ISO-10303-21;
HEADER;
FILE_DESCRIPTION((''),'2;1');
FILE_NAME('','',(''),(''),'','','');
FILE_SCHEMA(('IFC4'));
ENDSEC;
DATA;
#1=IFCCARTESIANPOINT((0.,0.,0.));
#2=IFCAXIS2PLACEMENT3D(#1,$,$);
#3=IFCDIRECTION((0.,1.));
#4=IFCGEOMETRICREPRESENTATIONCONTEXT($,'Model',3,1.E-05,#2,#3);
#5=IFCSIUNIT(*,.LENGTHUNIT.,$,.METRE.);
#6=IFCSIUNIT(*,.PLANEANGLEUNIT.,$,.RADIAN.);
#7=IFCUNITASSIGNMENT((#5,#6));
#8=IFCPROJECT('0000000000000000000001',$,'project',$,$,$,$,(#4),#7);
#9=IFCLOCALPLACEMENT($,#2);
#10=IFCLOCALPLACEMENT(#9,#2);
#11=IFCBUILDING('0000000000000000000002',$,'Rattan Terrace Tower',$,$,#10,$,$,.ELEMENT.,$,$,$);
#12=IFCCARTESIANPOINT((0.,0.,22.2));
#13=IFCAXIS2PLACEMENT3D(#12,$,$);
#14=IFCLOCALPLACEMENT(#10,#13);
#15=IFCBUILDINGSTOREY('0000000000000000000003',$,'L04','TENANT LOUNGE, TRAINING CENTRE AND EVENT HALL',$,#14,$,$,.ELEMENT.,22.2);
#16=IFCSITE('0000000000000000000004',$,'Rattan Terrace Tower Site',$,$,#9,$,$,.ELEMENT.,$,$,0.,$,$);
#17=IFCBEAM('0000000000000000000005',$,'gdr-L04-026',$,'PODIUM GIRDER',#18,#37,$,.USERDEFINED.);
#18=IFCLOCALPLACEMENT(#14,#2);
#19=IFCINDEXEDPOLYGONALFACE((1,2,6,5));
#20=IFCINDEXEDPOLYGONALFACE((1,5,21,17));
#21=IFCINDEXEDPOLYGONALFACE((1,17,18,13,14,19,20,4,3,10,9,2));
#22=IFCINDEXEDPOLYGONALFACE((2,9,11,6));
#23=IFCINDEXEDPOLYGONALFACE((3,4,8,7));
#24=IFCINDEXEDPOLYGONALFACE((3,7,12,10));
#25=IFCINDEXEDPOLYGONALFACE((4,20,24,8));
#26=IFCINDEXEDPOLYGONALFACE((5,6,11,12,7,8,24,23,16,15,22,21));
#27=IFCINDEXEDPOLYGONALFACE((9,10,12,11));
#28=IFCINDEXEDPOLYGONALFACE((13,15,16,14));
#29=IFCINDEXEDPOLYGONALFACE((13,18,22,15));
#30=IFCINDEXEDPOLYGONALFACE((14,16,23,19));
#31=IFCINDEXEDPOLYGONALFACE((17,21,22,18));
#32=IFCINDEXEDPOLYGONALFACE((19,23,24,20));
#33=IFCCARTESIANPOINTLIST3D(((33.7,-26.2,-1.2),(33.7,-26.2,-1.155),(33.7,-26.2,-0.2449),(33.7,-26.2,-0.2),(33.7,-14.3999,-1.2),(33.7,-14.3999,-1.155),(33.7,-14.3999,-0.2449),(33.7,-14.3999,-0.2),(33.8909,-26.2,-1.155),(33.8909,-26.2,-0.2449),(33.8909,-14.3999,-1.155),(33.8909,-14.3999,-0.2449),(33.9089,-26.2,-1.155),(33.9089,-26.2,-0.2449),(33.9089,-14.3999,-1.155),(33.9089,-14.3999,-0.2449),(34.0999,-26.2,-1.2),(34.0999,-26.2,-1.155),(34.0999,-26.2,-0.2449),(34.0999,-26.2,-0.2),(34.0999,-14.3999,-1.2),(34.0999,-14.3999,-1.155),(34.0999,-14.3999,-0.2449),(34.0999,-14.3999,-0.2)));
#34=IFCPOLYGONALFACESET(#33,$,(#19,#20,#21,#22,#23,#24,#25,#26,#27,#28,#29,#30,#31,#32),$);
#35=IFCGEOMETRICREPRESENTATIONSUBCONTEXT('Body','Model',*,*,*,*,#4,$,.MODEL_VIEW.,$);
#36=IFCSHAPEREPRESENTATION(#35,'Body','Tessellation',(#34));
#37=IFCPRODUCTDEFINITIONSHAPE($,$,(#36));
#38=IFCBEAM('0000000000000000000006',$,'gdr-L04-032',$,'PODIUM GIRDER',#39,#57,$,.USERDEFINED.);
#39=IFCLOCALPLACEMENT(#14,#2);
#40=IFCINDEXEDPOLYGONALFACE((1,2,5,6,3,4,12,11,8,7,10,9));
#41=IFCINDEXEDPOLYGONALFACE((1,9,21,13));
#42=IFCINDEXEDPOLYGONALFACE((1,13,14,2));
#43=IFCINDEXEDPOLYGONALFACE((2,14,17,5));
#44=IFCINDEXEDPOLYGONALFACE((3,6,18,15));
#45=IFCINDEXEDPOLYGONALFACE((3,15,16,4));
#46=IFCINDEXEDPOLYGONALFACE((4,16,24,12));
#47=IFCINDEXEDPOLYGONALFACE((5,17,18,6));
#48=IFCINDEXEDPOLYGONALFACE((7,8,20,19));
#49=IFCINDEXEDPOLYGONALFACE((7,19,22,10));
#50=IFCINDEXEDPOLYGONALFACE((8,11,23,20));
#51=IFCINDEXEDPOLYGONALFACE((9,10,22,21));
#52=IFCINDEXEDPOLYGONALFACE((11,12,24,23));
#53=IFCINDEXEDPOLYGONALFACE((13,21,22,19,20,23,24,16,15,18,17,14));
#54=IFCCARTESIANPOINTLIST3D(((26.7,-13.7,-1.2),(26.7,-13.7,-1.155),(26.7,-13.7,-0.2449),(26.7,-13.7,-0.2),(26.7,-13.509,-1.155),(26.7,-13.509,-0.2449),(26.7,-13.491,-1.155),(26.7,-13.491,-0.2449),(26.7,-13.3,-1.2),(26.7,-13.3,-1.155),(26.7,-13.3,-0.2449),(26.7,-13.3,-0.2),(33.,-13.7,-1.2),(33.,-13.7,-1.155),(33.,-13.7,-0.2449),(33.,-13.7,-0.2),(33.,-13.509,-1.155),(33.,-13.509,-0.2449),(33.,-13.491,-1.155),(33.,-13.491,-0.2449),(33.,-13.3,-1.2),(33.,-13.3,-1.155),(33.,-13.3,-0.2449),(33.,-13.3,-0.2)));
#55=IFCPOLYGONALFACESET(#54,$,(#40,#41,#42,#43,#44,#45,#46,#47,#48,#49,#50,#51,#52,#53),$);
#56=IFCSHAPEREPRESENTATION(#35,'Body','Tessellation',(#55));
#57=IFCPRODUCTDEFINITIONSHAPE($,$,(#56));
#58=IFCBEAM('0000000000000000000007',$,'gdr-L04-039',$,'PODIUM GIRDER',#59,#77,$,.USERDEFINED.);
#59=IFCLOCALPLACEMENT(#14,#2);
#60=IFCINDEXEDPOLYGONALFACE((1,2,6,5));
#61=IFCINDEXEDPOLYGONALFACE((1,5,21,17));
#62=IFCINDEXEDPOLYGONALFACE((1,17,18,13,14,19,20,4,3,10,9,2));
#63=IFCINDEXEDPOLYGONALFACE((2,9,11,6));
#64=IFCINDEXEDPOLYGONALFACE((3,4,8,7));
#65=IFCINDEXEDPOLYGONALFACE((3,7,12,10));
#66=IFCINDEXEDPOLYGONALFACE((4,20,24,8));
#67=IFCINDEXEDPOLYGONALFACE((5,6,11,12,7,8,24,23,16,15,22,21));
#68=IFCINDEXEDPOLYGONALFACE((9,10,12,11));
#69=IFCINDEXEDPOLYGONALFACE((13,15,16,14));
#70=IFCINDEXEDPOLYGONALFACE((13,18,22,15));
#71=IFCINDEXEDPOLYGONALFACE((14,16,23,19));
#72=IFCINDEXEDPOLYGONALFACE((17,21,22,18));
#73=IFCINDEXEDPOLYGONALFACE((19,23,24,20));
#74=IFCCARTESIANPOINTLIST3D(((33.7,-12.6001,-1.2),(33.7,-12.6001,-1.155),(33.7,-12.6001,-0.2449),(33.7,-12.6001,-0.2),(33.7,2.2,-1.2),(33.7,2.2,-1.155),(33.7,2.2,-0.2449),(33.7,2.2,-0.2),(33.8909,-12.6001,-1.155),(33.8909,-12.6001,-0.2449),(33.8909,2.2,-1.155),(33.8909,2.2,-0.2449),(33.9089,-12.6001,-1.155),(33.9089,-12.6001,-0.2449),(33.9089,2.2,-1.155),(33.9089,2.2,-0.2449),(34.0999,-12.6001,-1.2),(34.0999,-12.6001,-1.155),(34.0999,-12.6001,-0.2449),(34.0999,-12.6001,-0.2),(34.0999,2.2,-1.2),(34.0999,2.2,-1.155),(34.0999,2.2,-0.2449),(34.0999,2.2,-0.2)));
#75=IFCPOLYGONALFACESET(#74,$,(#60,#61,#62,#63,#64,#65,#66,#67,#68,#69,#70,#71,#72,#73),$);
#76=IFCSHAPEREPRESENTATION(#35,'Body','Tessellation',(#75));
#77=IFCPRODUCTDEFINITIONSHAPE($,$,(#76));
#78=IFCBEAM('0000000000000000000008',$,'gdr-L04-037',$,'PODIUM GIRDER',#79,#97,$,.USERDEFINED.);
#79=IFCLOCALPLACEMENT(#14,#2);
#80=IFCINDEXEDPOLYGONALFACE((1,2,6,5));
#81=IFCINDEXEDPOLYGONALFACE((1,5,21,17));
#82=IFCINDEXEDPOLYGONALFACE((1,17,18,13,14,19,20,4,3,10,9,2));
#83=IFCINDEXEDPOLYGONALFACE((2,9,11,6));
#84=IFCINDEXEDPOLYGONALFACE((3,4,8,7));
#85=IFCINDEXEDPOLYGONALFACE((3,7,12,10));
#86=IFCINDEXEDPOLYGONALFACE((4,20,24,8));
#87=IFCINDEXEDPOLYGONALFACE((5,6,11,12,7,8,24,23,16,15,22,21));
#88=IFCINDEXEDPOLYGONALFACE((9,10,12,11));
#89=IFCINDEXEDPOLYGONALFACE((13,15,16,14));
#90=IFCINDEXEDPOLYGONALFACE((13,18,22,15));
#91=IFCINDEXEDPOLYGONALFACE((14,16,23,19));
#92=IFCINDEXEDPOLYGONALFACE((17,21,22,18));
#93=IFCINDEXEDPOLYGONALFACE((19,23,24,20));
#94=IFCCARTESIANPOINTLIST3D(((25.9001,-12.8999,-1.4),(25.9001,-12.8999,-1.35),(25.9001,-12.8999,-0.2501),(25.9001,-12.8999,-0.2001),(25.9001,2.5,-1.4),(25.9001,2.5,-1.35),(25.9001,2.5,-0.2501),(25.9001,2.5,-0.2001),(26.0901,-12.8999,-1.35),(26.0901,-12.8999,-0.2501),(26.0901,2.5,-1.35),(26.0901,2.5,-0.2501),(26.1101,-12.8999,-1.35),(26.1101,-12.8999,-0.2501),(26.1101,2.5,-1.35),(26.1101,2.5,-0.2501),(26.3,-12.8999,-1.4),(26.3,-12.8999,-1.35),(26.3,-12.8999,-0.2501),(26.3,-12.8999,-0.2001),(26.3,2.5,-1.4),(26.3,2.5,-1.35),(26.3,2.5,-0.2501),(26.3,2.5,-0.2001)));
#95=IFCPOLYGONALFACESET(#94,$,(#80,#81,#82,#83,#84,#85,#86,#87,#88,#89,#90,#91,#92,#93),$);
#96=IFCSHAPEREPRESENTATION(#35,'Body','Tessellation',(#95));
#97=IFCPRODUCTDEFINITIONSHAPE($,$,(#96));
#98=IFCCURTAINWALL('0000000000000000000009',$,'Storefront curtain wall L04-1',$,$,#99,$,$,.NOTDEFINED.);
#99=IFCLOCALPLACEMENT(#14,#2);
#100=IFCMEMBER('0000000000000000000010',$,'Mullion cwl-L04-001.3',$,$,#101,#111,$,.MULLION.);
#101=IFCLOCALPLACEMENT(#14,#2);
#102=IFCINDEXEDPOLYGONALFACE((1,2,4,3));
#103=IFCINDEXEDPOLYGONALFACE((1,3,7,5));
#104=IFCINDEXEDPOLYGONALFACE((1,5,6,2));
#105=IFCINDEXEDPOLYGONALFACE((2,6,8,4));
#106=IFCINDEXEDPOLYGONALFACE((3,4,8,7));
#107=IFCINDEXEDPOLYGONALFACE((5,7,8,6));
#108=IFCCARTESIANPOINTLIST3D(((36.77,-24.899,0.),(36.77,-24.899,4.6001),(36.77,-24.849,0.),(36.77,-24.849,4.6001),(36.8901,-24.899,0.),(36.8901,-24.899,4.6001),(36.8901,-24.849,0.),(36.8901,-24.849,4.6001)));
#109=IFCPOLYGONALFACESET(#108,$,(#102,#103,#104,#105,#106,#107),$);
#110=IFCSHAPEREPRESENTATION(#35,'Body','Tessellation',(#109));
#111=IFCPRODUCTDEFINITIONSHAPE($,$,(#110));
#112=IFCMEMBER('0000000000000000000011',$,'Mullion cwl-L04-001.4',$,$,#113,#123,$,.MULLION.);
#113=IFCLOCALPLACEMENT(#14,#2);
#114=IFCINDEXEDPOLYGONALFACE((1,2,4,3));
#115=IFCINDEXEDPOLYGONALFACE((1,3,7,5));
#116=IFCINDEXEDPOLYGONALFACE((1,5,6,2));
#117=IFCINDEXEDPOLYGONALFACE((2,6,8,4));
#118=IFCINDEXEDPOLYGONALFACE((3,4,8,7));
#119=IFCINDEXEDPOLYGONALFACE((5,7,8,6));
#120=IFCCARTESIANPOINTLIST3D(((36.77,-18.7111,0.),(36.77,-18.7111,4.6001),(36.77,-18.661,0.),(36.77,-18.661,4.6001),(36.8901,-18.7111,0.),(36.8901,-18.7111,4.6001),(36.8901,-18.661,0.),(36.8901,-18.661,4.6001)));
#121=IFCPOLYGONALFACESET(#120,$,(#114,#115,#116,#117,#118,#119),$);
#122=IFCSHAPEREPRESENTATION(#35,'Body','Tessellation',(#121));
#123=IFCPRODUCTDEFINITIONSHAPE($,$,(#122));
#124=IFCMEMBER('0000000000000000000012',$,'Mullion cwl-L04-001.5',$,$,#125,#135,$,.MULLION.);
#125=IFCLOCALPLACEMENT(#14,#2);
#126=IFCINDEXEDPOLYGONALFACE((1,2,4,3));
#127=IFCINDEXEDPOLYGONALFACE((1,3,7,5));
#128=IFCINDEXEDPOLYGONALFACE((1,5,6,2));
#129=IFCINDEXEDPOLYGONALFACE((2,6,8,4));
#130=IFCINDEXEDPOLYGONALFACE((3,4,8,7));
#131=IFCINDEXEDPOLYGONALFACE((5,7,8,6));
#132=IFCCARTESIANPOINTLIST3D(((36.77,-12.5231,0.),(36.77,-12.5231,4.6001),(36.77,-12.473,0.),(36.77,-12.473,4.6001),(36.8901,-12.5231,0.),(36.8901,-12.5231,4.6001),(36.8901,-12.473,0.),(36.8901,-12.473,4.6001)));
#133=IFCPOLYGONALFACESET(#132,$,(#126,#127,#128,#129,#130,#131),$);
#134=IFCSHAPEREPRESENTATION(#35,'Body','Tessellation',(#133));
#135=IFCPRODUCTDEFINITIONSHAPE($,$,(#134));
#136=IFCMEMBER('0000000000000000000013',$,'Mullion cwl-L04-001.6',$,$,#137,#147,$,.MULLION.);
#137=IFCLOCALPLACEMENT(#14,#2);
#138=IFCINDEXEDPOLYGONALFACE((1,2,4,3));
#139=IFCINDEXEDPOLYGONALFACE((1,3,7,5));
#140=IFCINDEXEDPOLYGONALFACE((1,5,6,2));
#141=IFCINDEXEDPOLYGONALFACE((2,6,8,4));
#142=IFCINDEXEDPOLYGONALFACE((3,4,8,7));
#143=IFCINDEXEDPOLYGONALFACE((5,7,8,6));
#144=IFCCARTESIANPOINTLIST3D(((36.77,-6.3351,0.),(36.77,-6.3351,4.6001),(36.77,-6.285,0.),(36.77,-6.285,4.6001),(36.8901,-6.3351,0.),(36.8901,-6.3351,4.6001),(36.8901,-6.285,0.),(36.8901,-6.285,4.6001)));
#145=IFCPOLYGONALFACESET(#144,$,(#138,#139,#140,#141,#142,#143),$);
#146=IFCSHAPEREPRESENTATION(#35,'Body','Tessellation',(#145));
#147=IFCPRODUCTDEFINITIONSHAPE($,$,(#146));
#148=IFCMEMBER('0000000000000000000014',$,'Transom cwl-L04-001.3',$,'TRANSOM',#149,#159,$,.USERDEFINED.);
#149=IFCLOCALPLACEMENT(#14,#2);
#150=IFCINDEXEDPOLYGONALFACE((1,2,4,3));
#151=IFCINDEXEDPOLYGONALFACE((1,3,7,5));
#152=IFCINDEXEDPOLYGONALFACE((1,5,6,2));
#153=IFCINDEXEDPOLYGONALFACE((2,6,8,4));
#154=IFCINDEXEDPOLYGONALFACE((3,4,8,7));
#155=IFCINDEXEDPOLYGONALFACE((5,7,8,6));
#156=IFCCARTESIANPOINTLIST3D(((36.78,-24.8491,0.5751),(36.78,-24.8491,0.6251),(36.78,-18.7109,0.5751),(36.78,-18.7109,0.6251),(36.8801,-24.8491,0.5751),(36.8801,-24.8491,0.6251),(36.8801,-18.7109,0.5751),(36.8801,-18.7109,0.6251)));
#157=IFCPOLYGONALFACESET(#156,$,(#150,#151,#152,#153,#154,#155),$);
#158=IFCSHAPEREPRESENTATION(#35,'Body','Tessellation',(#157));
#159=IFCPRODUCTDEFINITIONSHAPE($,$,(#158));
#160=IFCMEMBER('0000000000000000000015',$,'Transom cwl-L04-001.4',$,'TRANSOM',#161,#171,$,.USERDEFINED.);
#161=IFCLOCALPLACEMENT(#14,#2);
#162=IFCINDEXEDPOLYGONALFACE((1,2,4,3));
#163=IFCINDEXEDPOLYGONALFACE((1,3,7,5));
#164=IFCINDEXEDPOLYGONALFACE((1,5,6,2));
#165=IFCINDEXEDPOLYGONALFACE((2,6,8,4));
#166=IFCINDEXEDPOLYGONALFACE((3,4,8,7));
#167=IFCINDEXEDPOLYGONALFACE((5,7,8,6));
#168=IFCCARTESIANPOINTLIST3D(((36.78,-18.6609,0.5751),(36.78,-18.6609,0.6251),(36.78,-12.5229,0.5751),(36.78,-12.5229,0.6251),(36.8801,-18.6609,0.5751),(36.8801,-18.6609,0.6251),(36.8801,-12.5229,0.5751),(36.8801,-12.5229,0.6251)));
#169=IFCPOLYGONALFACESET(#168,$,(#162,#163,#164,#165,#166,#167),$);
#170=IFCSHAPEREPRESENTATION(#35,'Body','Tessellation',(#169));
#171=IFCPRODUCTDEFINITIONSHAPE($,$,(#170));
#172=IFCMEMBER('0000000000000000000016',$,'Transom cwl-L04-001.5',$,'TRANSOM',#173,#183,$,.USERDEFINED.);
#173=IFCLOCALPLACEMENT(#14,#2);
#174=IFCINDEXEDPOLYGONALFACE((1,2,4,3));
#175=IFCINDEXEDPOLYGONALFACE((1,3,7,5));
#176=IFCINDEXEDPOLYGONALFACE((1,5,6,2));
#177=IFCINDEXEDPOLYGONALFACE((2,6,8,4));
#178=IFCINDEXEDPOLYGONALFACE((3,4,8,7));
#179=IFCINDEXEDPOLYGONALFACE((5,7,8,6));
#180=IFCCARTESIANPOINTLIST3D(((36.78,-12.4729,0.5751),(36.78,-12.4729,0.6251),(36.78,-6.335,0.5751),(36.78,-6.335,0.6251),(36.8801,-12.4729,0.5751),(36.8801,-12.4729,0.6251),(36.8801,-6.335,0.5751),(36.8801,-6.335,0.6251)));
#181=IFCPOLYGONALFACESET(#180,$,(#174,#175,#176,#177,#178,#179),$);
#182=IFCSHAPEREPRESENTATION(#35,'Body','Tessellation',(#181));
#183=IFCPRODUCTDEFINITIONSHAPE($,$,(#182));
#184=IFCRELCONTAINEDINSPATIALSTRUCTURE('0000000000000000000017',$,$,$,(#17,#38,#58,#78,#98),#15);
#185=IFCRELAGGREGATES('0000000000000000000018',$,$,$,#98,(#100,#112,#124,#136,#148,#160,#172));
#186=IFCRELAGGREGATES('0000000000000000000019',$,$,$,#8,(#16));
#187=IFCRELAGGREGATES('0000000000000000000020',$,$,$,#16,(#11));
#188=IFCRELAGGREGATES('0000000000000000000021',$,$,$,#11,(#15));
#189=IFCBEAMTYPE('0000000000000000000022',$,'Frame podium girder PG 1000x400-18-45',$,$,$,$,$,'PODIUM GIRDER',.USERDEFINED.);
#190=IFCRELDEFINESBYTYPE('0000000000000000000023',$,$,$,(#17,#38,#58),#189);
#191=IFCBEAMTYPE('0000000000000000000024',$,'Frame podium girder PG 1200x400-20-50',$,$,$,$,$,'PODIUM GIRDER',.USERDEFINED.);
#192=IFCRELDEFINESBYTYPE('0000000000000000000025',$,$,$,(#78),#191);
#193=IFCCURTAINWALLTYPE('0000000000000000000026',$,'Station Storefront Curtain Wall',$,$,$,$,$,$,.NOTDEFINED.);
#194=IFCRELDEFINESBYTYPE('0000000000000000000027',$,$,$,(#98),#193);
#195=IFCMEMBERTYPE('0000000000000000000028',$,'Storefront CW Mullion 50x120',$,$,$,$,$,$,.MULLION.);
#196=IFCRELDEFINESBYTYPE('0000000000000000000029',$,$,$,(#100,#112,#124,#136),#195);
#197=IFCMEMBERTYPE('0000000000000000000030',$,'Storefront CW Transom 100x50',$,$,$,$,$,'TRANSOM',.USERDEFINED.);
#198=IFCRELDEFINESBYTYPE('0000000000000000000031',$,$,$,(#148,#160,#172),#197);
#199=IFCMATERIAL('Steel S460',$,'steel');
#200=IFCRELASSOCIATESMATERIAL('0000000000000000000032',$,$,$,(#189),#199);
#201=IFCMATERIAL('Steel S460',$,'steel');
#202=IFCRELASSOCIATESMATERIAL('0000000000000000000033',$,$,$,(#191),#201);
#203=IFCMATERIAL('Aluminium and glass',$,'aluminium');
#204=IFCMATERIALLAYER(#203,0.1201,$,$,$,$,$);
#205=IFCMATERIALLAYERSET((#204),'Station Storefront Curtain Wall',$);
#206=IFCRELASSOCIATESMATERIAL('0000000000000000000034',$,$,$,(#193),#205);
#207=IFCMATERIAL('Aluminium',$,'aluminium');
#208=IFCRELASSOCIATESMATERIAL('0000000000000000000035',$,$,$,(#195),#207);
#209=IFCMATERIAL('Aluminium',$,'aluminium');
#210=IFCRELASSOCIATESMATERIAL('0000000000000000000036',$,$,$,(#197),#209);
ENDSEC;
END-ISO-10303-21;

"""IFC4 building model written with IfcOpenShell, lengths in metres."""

from ifc_helpers import new_model, si_unit, direction, frame, origin, origin_2d, place, context, subcontext, project, spatial, rectangle, i_section, extrude, material, layer, layer_set, material_profile, profile_set, type_object, element, aggregate, save


model = new_model("IFC4")

# Units and contexts
model_context = context("Model", 3, precision=1e-05, world=origin(), true_north=direction((0.0, 1.0)))
body_context = subcontext(model_context, "Body", "Model", "MODEL_VIEW")
ifc_project = project(units=[si_unit("LENGTHUNIT", "METRE"), si_unit("PLANEANGLEUNIT", "RADIAN")], contexts=[model_context])

# Site, building, storey
site_placement = place(None, origin())
site = spatial("IfcSite", under=ifc_project, at=site_placement, Name="Rattan Terrace Tower Site", CompositionType="ELEMENT", RefElevation=0.0)
building_placement = place(site_placement, origin())
building = spatial("IfcBuilding", under=site, at=building_placement, Name="Rattan Terrace Tower", CompositionType="ELEMENT")
storey_placement = place(building_placement, frame((0.0, 0.0, 22.2)))
storey = spatial("IfcBuildingStorey", under=building, at=storey_placement, Name="L04", Description="TENANT LOUNGE, TRAINING CENTRE AND EVENT HALL", CompositionType="ELEMENT", Elevation=22.2)

# Beams
ifc_material_1 = material(Name="Steel S460", Category="steel")
ifc_material_profile_1 = material_profile(ifc_material_1, i_section(OverallWidth=0.3999, OverallDepth=1.0, WebThickness=0.0181, FlangeThickness=0.0449, at=origin_2d()), Name="PG 1000x400-18-45")
ifc_profile_set_1 = profile_set([ifc_material_profile_1], Name="Steel S460")
beam_type_1 = type_object("IfcBeamType", Name="Frame podium girder PG 1000x400-18-45", ElementType="PODIUM GIRDER", PredefinedType="USERDEFINED", material=ifc_profile_set_1)
beam_1_placement = place(storey_placement, frame((33.8999, -26.2, -0.7), z_axis=(0.0, 1.0, 0.0), x_axis=(-1.0, 0.0, 0.0)))
element("IfcBeam", 1, at=beam_1_placement, inside=storey, type_object=beam_type_1, Name="gdr-L04-026", ObjectType="PODIUM GIRDER", PredefinedType="USERDEFINED", context=body_context, shape_type="SweptSolid", body=[
    extrude(i_section(OverallWidth=0.3999, OverallDepth=1.0, WebThickness=0.0181, FlangeThickness=0.0449, at=origin_2d()), origin(), (0.0, 0.0, 1.0), 11.8),
])
beam_2_placement = place(storey_placement, frame((26.7, -13.5, -0.7), z_axis=(1.0, 0.0, 0.0), x_axis=(0.0, 1.0, 0.0)))
element("IfcBeam", 2, at=beam_2_placement, inside=storey, type_object=beam_type_1, Name="gdr-L04-032", ObjectType="PODIUM GIRDER", PredefinedType="USERDEFINED", context=body_context, shape_type="SweptSolid", body=[
    extrude(i_section(OverallWidth=0.3999, OverallDepth=1.0, WebThickness=0.0181, FlangeThickness=0.0449, at=origin_2d()), origin(), (0.0, 0.0, 1.0), 6.3),
])
beam_3_placement = place(storey_placement, frame((33.8999, -12.6001, -0.7), z_axis=(0.0, 1.0, 0.0), x_axis=(-1.0, 0.0, 0.0)))
element("IfcBeam", 3, at=beam_3_placement, inside=storey, type_object=beam_type_1, Name="gdr-L04-039", ObjectType="PODIUM GIRDER", PredefinedType="USERDEFINED", context=body_context, shape_type="SweptSolid", body=[
    extrude(i_section(OverallWidth=0.3999, OverallDepth=1.0, WebThickness=0.0181, FlangeThickness=0.0449, at=origin_2d()), origin(), (0.0, 0.0, 1.0), 14.8),
])
ifc_material_2 = material(Name="Steel S460", Category="steel")
ifc_material_profile_2 = material_profile(ifc_material_2, i_section(OverallWidth=0.3999, OverallDepth=1.2, WebThickness=0.02, FlangeThickness=0.05, at=origin_2d()), Name="PG 1200x400-20-50")
ifc_profile_set_2 = profile_set([ifc_material_profile_2], Name="Steel S460")
beam_type_2 = type_object("IfcBeamType", Name="Frame podium girder PG 1200x400-20-50", ElementType="PODIUM GIRDER", PredefinedType="USERDEFINED", material=ifc_profile_set_2)
beam_4_placement = place(storey_placement, frame((26.1001, -12.8999, -0.8), z_axis=(0.0, 1.0, 0.0), x_axis=(-1.0, 0.0, 0.0)))
element("IfcBeam", 4, at=beam_4_placement, inside=storey, type_object=beam_type_2, Name="gdr-L04-037", ObjectType="PODIUM GIRDER", PredefinedType="USERDEFINED", context=body_context, shape_type="SweptSolid", body=[
    extrude(i_section(OverallWidth=0.3999, OverallDepth=1.2, WebThickness=0.02, FlangeThickness=0.05, at=origin_2d()), origin(), (0.0, 0.0, 1.0), 15.3999),
])

# Curtain wall, members
ifc_material_3 = material(Name="Aluminium and glass", Category="aluminium")
ifc_layer_1 = layer(ifc_material_3, 0.1201)
ifc_layer_set_1 = layer_set([ifc_layer_1], Name="Station Storefront Curtain Wall")
curtain_wall_type = type_object("IfcCurtainWallType", Name="Station Storefront Curtain Wall", PredefinedType="NOTDEFINED", material=ifc_layer_set_1)
curtain_wall_placement = place(storey_placement, origin())
curtain_wall = element("IfcCurtainWall", 5, at=curtain_wall_placement, inside=storey, type_object=curtain_wall_type, Name="Storefront curtain wall L04-1", PredefinedType="NOTDEFINED")
ifc_material_4 = material(Name="Aluminium", Category="aluminium")
ifc_material_profile_3 = material_profile(ifc_material_4, rectangle(XDim=0.05, YDim=0.1201, at=origin_2d()), Name="Aluminium 50x120")
ifc_profile_set_3 = profile_set([ifc_material_profile_3], Name="Aluminium")
member_type_1 = type_object("IfcMemberType", Name="Storefront CW Mullion 50x120", PredefinedType="MULLION", material=ifc_profile_set_3)
member_1_placement = place(storey_placement, frame((36.8301, -24.874, 0.0), z_axis=(0.0, 0.0, 1.0), x_axis=(0.0, 1.0, 0.0)))
member_1 = element("IfcMember", 6, at=member_1_placement, type_object=member_type_1, Name="Mullion cwl-L04-001.3", PredefinedType="MULLION", context=body_context, shape_type="SweptSolid", body=[
    extrude(rectangle(XDim=0.05, YDim=0.1201, at=origin_2d()), origin(), (0.0, 0.0, 1.0), 4.6001),
])
member_2_placement = place(storey_placement, frame((36.8301, -18.686, 0.0), z_axis=(0.0, 0.0, 1.0), x_axis=(0.0, 1.0, 0.0)))
member_2 = element("IfcMember", 7, at=member_2_placement, type_object=member_type_1, Name="Mullion cwl-L04-001.4", PredefinedType="MULLION", context=body_context, shape_type="SweptSolid", body=[
    extrude(rectangle(XDim=0.05, YDim=0.1201, at=origin_2d()), origin(), (0.0, 0.0, 1.0), 4.6001),
])
member_3_placement = place(storey_placement, frame((36.8301, -12.498, 0.0), z_axis=(0.0, 0.0, 1.0), x_axis=(0.0, 1.0, 0.0)))
member_3 = element("IfcMember", 8, at=member_3_placement, type_object=member_type_1, Name="Mullion cwl-L04-001.5", PredefinedType="MULLION", context=body_context, shape_type="SweptSolid", body=[
    extrude(rectangle(XDim=0.05, YDim=0.1201, at=origin_2d()), origin(), (0.0, 0.0, 1.0), 4.6001),
])
member_4_placement = place(storey_placement, frame((36.8301, -6.3101, 0.0), z_axis=(0.0, 0.0, 1.0), x_axis=(0.0, 1.0, 0.0)))
member_4 = element("IfcMember", 9, at=member_4_placement, type_object=member_type_1, Name="Mullion cwl-L04-001.6", PredefinedType="MULLION", context=body_context, shape_type="SweptSolid", body=[
    extrude(rectangle(XDim=0.05, YDim=0.1201, at=origin_2d()), origin(), (0.0, 0.0, 1.0), 4.6001),
])
ifc_material_5 = material(Name="Aluminium", Category="aluminium")
ifc_material_profile_4 = material_profile(ifc_material_5, rectangle(XDim=0.1001, YDim=0.05, at=origin_2d()), Name="Aluminium 100x50")
ifc_profile_set_4 = profile_set([ifc_material_profile_4], Name="Aluminium")
member_type_2 = type_object("IfcMemberType", Name="Storefront CW Transom 100x50", ElementType="TRANSOM", PredefinedType="USERDEFINED", material=ifc_profile_set_4)
member_5_placement = place(storey_placement, frame((36.8301, -24.8491, 0.6001), z_axis=(0.0, 1.0, 0.0), x_axis=(-1.0, 0.0, 0.0)))
member_5 = element("IfcMember", 10, at=member_5_placement, type_object=member_type_2, Name="Transom cwl-L04-001.3", ObjectType="TRANSOM", PredefinedType="USERDEFINED", context=body_context, shape_type="SweptSolid", body=[
    extrude(rectangle(XDim=0.1001, YDim=0.05, at=origin_2d()), origin(), (0.0, 0.0, 1.0), 6.1382),
])
member_6_placement = place(storey_placement, frame((36.8301, -18.6609, 0.6001), z_axis=(0.0, 1.0, 0.0), x_axis=(-1.0, 0.0, 0.0)))
member_6 = element("IfcMember", 11, at=member_6_placement, type_object=member_type_2, Name="Transom cwl-L04-001.4", ObjectType="TRANSOM", PredefinedType="USERDEFINED", context=body_context, shape_type="SweptSolid", body=[
    extrude(rectangle(XDim=0.1001, YDim=0.05, at=origin_2d()), origin(), (0.0, 0.0, 1.0), 6.1379),
])
member_7_placement = place(storey_placement, frame((36.8301, -12.4729, 0.6001), z_axis=(0.0, 1.0, 0.0), x_axis=(-1.0, 0.0, 0.0)))
member_7 = element("IfcMember", 12, at=member_7_placement, type_object=member_type_2, Name="Transom cwl-L04-001.5", ObjectType="TRANSOM", PredefinedType="USERDEFINED", context=body_context, shape_type="SweptSolid", body=[
    extrude(rectangle(XDim=0.1001, YDim=0.05, at=origin_2d()), origin(), (0.0, 0.0, 1.0), 6.1379),
])
aggregate(curtain_wall, [member_1, member_2, member_3, member_4, member_5, member_6, member_7])

save(model, "model.ifc")
